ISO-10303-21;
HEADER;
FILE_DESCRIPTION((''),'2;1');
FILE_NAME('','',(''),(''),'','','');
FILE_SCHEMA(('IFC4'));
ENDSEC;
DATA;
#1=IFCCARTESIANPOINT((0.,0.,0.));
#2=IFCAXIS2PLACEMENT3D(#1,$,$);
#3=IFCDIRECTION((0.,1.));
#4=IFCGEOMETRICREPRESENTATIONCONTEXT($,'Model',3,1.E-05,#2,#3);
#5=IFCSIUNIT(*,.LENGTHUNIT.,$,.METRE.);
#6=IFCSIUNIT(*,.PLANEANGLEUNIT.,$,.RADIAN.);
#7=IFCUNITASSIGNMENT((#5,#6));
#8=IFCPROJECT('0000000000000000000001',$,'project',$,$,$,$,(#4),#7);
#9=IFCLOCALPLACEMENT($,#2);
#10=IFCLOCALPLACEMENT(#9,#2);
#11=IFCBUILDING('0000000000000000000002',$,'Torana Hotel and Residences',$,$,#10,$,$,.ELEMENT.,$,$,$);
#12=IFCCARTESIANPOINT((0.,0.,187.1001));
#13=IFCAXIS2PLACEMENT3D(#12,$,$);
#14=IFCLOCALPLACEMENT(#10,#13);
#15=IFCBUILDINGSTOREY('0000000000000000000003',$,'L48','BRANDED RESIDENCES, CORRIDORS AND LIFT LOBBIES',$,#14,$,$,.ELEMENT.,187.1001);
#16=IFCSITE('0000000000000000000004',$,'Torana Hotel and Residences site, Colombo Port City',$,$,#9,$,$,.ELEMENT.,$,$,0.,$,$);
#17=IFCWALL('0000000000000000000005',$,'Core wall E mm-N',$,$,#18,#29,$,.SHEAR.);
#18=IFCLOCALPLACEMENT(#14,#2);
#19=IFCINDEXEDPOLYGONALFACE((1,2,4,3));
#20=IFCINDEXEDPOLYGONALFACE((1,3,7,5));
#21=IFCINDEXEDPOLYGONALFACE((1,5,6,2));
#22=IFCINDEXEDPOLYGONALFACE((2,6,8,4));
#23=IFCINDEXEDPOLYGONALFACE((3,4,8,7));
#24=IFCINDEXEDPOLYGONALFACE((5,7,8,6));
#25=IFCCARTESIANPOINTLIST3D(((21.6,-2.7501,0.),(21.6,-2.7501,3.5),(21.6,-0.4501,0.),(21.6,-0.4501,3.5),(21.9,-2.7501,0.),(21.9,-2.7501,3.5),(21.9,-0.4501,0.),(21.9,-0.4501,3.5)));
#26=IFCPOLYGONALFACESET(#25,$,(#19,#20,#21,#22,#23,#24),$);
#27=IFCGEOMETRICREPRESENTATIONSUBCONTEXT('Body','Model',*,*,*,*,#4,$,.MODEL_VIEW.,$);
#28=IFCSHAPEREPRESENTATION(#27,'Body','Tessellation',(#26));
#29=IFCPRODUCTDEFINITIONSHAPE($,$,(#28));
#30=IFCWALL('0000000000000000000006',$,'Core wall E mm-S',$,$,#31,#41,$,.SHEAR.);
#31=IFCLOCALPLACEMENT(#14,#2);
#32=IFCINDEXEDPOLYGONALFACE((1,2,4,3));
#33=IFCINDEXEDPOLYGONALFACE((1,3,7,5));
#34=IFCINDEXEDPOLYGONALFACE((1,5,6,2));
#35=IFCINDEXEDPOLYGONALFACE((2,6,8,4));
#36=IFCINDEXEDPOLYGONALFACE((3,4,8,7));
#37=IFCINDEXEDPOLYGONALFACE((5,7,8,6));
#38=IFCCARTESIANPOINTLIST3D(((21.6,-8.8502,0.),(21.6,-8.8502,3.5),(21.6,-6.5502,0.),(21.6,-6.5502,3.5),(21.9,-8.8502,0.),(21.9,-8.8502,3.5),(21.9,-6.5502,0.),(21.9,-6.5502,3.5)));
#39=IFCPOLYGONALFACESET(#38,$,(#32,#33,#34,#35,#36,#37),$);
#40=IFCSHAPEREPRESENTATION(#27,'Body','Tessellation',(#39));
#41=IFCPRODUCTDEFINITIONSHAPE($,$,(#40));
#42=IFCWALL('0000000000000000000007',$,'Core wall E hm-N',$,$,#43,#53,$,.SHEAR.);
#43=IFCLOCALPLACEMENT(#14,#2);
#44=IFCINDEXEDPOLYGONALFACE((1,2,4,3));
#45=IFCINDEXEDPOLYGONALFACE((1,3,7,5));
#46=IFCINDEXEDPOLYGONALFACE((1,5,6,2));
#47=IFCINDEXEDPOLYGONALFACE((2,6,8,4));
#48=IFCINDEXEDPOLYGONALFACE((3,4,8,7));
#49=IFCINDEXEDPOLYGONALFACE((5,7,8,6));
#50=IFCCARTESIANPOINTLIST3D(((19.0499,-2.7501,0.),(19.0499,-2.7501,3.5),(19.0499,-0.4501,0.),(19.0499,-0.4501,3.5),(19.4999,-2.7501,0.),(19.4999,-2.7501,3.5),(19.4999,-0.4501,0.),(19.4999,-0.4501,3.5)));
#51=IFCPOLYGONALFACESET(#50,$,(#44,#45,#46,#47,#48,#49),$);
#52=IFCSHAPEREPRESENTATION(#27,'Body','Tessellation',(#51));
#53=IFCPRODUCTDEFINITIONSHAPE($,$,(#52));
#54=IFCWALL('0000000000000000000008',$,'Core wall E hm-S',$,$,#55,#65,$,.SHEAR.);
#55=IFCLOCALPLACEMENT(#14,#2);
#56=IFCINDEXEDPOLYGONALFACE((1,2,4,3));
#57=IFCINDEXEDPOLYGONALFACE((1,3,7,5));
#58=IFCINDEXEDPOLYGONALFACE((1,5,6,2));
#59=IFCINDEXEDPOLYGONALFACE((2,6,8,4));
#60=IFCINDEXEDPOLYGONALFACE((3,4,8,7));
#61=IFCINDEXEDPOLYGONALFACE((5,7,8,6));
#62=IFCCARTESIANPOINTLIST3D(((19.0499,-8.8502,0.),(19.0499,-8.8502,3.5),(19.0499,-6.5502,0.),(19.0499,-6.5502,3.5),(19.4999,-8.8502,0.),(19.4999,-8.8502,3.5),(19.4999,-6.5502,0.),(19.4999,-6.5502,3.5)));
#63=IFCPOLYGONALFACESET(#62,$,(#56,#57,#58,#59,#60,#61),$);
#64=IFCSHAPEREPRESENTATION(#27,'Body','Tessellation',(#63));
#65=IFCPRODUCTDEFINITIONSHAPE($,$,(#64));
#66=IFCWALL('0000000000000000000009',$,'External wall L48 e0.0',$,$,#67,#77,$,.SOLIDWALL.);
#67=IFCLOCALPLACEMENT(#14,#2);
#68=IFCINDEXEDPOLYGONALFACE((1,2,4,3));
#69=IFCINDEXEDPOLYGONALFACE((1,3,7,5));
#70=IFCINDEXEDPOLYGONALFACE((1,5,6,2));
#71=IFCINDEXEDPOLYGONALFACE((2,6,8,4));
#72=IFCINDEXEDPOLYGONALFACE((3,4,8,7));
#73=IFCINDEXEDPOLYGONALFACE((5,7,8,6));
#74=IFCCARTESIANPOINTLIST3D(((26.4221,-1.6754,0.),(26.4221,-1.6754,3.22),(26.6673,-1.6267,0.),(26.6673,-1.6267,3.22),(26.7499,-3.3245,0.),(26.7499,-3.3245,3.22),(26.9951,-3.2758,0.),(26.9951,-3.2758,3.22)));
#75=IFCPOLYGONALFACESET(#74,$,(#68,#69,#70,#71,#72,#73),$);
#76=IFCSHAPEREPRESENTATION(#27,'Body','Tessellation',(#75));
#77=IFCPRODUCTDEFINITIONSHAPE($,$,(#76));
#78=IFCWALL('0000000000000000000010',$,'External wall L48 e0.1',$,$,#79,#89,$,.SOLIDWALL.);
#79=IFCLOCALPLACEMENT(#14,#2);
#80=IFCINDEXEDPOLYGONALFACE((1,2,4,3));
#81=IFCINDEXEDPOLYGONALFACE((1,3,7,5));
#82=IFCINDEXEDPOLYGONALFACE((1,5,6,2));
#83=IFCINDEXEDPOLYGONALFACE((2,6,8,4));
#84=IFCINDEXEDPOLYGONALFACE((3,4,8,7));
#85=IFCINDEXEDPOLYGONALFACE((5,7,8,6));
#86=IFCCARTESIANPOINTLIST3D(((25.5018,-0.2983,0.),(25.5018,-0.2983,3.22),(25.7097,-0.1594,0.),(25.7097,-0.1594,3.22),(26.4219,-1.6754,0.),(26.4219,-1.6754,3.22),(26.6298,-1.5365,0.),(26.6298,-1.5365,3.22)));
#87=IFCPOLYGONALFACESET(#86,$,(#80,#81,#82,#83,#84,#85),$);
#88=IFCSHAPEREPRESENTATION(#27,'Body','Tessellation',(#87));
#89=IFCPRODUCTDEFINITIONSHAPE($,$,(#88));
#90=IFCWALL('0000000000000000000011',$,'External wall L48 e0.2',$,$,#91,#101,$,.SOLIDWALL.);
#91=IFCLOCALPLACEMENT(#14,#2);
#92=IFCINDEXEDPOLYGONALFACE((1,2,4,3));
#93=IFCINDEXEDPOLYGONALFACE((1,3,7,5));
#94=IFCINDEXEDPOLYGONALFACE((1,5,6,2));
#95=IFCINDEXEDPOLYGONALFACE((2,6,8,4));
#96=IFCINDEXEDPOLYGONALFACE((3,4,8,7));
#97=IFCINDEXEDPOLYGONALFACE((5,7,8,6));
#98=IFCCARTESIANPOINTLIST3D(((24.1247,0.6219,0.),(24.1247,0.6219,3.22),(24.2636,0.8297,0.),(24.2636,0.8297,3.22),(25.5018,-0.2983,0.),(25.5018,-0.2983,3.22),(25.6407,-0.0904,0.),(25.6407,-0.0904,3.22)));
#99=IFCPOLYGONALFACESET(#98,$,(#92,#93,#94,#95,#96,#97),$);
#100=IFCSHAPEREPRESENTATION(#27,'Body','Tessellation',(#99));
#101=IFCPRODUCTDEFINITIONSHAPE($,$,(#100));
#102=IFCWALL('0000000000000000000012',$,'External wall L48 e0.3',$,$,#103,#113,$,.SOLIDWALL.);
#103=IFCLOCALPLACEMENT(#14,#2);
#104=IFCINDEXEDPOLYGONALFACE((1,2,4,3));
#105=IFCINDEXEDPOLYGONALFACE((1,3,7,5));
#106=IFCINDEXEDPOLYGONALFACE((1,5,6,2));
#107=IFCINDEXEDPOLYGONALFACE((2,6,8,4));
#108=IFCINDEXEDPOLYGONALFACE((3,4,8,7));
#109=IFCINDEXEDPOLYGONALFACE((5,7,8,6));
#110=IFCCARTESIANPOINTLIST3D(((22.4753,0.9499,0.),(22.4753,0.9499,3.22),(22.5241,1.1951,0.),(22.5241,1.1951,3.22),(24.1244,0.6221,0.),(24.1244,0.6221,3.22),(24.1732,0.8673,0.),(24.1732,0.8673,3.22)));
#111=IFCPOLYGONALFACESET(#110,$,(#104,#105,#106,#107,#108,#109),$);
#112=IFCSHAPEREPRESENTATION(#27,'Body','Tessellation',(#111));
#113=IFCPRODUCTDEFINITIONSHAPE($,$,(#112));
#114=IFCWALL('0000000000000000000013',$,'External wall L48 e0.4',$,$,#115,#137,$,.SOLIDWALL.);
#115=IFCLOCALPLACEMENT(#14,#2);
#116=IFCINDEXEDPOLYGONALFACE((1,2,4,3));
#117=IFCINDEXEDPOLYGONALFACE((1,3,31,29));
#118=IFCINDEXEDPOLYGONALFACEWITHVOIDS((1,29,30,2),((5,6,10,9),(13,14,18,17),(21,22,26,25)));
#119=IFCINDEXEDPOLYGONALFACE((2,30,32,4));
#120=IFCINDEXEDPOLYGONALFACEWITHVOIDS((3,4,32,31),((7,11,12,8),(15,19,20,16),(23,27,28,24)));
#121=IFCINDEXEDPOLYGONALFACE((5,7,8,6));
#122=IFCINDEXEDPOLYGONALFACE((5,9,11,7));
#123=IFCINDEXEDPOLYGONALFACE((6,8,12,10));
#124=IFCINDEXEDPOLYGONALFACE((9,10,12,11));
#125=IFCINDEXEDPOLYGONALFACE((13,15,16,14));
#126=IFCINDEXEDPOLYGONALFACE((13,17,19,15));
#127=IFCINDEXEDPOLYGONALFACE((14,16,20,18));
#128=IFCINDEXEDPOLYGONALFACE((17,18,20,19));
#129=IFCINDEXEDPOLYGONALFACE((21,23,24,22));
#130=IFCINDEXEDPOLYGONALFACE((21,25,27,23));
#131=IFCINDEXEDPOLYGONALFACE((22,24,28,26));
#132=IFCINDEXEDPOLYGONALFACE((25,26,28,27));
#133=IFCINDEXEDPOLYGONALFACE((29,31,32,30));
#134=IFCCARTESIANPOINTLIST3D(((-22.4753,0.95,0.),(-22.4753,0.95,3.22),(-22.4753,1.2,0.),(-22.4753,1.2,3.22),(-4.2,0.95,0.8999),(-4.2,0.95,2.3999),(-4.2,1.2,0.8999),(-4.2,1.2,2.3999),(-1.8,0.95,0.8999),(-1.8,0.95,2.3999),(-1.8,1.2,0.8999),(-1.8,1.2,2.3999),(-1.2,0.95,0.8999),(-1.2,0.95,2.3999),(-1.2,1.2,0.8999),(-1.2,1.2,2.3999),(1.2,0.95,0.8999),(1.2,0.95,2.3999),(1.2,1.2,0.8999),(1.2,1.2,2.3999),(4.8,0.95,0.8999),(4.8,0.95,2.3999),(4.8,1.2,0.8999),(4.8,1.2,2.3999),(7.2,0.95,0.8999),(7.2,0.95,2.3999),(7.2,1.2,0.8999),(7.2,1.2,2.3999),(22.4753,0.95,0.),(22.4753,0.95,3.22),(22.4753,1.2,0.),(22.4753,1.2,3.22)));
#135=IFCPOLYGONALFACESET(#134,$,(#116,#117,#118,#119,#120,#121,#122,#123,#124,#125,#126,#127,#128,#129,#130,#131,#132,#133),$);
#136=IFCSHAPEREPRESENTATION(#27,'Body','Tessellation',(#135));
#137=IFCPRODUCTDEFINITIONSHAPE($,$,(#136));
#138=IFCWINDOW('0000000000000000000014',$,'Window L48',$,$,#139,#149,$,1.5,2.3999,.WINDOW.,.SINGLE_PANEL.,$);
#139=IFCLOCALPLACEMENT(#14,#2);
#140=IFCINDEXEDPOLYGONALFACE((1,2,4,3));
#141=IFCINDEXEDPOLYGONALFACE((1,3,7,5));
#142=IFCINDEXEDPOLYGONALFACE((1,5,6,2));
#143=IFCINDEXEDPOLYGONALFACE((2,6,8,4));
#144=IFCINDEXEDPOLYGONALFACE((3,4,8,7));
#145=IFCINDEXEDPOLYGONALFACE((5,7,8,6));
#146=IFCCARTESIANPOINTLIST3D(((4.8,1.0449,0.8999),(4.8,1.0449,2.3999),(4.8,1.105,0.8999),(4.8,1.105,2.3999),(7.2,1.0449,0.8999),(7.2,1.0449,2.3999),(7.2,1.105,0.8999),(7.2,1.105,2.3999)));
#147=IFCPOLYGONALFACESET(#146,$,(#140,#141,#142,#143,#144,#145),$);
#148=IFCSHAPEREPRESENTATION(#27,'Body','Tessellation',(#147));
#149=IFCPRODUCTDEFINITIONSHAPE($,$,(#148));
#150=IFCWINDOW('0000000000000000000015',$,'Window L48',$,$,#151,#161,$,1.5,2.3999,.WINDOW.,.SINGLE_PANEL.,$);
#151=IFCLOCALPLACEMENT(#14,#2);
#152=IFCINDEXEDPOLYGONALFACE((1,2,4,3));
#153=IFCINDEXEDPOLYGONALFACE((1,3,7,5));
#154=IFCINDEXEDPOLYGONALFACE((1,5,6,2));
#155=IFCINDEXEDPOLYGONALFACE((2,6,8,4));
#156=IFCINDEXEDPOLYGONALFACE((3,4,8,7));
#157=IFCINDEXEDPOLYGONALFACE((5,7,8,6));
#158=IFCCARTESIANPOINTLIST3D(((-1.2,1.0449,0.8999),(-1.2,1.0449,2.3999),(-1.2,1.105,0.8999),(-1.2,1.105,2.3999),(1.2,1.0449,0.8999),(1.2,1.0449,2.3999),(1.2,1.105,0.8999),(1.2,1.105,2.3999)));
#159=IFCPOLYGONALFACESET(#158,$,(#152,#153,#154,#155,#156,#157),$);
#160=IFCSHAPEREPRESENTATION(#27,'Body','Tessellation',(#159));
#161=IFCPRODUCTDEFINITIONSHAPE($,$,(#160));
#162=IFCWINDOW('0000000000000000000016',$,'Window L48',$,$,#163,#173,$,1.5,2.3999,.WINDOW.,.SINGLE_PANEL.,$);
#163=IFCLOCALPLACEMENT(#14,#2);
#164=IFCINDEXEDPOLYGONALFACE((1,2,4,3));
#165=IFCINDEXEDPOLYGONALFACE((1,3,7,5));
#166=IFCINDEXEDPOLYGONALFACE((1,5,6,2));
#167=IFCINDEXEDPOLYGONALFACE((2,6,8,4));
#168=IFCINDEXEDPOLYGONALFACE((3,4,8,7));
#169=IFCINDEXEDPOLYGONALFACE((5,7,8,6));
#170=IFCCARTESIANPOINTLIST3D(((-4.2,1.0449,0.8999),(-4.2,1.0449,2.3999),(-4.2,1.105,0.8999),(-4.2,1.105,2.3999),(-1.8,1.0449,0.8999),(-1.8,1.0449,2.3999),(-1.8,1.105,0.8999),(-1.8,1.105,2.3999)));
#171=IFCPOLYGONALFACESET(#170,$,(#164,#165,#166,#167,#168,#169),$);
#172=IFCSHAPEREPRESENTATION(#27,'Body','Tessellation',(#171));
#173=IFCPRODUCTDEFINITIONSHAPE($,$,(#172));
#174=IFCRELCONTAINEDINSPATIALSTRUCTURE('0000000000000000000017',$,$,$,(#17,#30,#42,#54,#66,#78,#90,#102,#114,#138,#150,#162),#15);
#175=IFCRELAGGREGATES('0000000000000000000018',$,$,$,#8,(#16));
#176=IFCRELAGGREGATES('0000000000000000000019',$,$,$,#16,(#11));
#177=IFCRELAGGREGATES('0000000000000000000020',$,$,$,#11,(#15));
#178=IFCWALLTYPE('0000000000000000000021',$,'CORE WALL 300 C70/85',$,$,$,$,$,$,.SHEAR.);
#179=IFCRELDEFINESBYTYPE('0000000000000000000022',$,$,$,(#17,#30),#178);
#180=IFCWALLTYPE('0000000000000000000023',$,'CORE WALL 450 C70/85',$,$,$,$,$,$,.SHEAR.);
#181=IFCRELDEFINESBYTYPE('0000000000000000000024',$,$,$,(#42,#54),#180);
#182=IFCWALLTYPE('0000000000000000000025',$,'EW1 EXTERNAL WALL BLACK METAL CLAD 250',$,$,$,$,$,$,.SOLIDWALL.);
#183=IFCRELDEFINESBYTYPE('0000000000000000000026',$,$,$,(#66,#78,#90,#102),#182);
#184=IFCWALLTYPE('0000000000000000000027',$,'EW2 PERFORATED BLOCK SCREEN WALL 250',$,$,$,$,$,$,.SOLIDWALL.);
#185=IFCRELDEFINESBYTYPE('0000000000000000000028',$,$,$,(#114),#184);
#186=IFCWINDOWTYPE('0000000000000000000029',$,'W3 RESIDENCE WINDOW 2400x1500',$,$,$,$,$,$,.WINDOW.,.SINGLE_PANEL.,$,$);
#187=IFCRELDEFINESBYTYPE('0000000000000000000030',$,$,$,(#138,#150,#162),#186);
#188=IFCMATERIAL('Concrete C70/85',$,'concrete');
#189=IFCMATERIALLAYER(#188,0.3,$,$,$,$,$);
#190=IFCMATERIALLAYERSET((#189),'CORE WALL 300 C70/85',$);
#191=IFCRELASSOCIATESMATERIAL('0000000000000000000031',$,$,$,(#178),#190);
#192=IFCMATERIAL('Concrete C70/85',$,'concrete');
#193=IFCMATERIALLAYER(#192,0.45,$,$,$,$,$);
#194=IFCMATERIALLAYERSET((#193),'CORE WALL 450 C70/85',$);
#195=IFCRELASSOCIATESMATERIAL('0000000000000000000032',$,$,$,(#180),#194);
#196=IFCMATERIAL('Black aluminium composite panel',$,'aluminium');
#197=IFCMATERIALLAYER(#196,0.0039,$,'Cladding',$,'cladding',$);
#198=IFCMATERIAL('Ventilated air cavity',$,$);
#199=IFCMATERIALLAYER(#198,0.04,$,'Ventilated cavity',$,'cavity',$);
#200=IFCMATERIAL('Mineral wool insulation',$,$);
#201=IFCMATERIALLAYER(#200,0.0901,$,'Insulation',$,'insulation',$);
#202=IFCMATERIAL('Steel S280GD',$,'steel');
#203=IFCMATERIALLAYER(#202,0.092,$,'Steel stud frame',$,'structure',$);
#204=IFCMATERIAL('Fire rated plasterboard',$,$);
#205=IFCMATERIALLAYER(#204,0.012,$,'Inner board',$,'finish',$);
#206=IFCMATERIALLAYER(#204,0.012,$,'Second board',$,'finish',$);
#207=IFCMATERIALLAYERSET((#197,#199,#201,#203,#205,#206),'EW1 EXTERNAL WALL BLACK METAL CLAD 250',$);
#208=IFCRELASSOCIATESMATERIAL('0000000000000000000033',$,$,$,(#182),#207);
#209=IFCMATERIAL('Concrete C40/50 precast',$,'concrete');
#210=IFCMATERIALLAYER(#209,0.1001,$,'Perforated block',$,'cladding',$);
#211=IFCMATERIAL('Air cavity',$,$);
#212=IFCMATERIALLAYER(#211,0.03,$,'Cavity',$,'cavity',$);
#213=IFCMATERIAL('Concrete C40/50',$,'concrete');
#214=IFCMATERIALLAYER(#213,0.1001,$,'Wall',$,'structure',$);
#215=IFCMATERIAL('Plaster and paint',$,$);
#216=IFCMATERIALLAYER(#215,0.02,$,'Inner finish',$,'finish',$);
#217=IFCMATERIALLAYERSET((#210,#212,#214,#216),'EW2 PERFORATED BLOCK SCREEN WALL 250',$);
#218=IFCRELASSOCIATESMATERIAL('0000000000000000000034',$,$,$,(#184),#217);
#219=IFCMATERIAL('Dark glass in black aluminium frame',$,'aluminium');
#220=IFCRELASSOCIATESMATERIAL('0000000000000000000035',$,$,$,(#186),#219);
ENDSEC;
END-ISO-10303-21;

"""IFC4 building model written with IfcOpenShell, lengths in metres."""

from ifc_helpers import new_model, si_unit, direction, frame, frame_2d, origin, place, context, subcontext, project, spatial, rectangle, extrude, material, layer, layer_set, type_object, element, fill, save


model = new_model("IFC4")

# Units and contexts
model_context = context("Model", 3, precision=1e-05, world=origin(), true_north=direction((0.0, 1.0)))
body_context = subcontext(model_context, "Body", "Model", "MODEL_VIEW")
ifc_project = project(units=[si_unit("LENGTHUNIT", "METRE"), si_unit("PLANEANGLEUNIT", "RADIAN")], contexts=[model_context])

# Site, building, storey
site_placement = place(None, origin())
site = spatial("IfcSite", under=ifc_project, at=site_placement, Name="Torana Hotel and Residences site, Colombo Port City", CompositionType="ELEMENT", RefElevation=0.0)
building_placement = place(site_placement, origin())
building = spatial("IfcBuilding", under=site, at=building_placement, Name="Torana Hotel and Residences", CompositionType="ELEMENT")
storey_placement = place(building_placement, frame((0.0, 0.0, 187.1001)))
storey = spatial("IfcBuildingStorey", under=building, at=storey_placement, Name="L48", Description="BRANDED RESIDENCES, CORRIDORS AND LIFT LOBBIES", CompositionType="ELEMENT", Elevation=187.1001)

# Walls
ifc_material_1 = material(Name="Concrete C70/85", Category="concrete")
ifc_layer_1 = layer(ifc_material_1, 0.3)
ifc_layer_set_1 = layer_set([ifc_layer_1], Name="CORE WALL 300 C70/85")
wall_type_1 = type_object("IfcWallType", Name="CORE WALL 300 C70/85", PredefinedType="SHEAR", material=ifc_layer_set_1)
for number, where, z_axis, x_axis, name in (
    (1, (21.75, -2.75, 0.0), (0.0, 0.0, 1.0), (0.0, 1.0, 0.0), "Core wall E mm-N"),
    (2, (21.75, -8.8501, 0.0), (0.0, 0.0, 1.0), (0.0, 1.0, 0.0), "Core wall E mm-S"),
):
    element("IfcWall", number, at=place(storey_placement, frame(where, z_axis=z_axis, x_axis=x_axis)), inside=storey, type_object=wall_type_1, Name=name, PredefinedType="SHEAR", context=body_context, shape_type="SweptSolid", body=[
        extrude(rectangle(XDim=2.3, YDim=0.3, at=frame_2d((1.1499, 0.0))), origin(), (0.0, 0.0, 1.0), 3.5),
    ])
ifc_material_2 = material(Name="Concrete C70/85", Category="concrete")
ifc_layer_2 = layer(ifc_material_2, 0.45)
ifc_layer_set_2 = layer_set([ifc_layer_2], Name="CORE WALL 450 C70/85")
wall_type_2 = type_object("IfcWallType", Name="CORE WALL 450 C70/85", PredefinedType="SHEAR", material=ifc_layer_set_2)
for number, where, z_axis, x_axis, name in (
    (3, (19.2749, -2.75, 0.0), (0.0, 0.0, 1.0), (0.0, 1.0, 0.0), "Core wall E hm-N"),
    (4, (19.2749, -8.8501, 0.0), (0.0, 0.0, 1.0), (0.0, 1.0, 0.0), "Core wall E hm-S"),
):
    element("IfcWall", number, at=place(storey_placement, frame(where, z_axis=z_axis, x_axis=x_axis)), inside=storey, type_object=wall_type_2, Name=name, PredefinedType="SHEAR", context=body_context, shape_type="SweptSolid", body=[
        extrude(rectangle(XDim=2.3, YDim=0.45, at=frame_2d((1.1499, 0.0))), origin(), (0.0, 0.0, 1.0), 3.5),
    ])
ifc_material_3 = material(Name="Black aluminium composite panel", Category="aluminium")
ifc_layer_3 = layer(ifc_material_3, 0.0039, Name="Cladding", Category="cladding")
ifc_material_4 = material(Name="Ventilated air cavity")
ifc_layer_4 = layer(ifc_material_4, 0.04, Name="Ventilated cavity", Category="cavity")
ifc_material_5 = material(Name="Mineral wool insulation")
ifc_layer_5 = layer(ifc_material_5, 0.0901, Name="Insulation", Category="insulation")
ifc_material_6 = material(Name="Steel S280GD", Category="steel")
ifc_layer_6 = layer(ifc_material_6, 0.092, Name="Steel stud frame", Category="structure")
ifc_material_7 = material(Name="Fire rated plasterboard")
ifc_layer_7 = layer(ifc_material_7, 0.012, Name="Inner board", Category="finish")
ifc_layer_8 = layer(ifc_material_7, 0.012, Name="Second board", Category="finish")
ifc_layer_set_3 = layer_set([ifc_layer_3, ifc_layer_4, ifc_layer_5, ifc_layer_6, ifc_layer_7, ifc_layer_8], Name="EW1 EXTERNAL WALL BLACK METAL CLAD 250")
wall_type_3 = type_object("IfcWallType", Name="EW1 EXTERNAL WALL BLACK METAL CLAD 250", PredefinedType="SOLIDWALL", material=ifc_layer_set_3)
wall_1_placement = place(storey_placement, frame((26.8726, -3.3003, 0.0), z_axis=(0.0, 0.0, 1.0), x_axis=(-0.194999, 0.980803, 0.0)))
element("IfcWall", 5, at=wall_1_placement, inside=storey, type_object=wall_type_3, Name="External wall L48 e0.0", PredefinedType="SOLIDWALL", context=body_context, shape_type="SweptSolid", body=[
    extrude(rectangle(XDim=1.6814, YDim=0.25, at=frame_2d((0.8408, 0.0))), origin(), (0.0, 0.0, 1.0), 3.22),
])
for number, where, z_axis, x_axis, name in (
    (6, (26.5259, -1.606, 0.0), (0.0, 0.0, 1.0), (-0.55555, 0.831483, 0.0), "External wall L48 e0.1"),
    (7, (25.5713, -0.1943, 0.0), (0.0, 0.0, 1.0), (-0.831483, 0.55555, 0.0), "External wall L48 e0.2"),
):
    element("IfcWall", number, at=place(storey_placement, frame(where, z_axis=z_axis, x_axis=x_axis)), inside=storey, type_object=wall_type_3, Name=name, PredefinedType="SOLIDWALL", context=body_context, shape_type="SweptSolid", body=[
        extrude(rectangle(XDim=1.6562, YDim=0.25, at=frame_2d((0.8281, 0.0))), origin(), (0.0, 0.0, 1.0), 3.22),
    ])
wall_2_placement = place(storey_placement, frame((24.1489, 0.7446, 0.0), z_axis=(0.0, 0.0, 1.0), x_axis=(-0.980803, 0.194999, 0.0)))
element("IfcWall", 8, at=wall_2_placement, inside=storey, type_object=wall_type_3, Name="External wall L48 e0.3", PredefinedType="SOLIDWALL", context=body_context, shape_type="SweptSolid", body=[
    extrude(rectangle(XDim=1.6814, YDim=0.25, at=frame_2d((0.8408, 0.0))), origin(), (0.0, 0.0, 1.0), 3.22),
])

# Wall, openings, windows
ifc_material_8 = material(Name="Concrete C40/50 precast", Category="concrete")
ifc_layer_9 = layer(ifc_material_8, 0.1001, Name="Perforated block", Category="cladding")
ifc_material_9 = material(Name="Air cavity")
ifc_layer_10 = layer(ifc_material_9, 0.03, Name="Cavity", Category="cavity")
ifc_material_10 = material(Name="Concrete C40/50", Category="concrete")
ifc_layer_11 = layer(ifc_material_10, 0.1001, Name="Wall", Category="structure")
ifc_material_11 = material(Name="Plaster and paint")
ifc_layer_12 = layer(ifc_material_11, 0.02, Name="Inner finish", Category="finish")
ifc_layer_set_4 = layer_set([ifc_layer_9, ifc_layer_10, ifc_layer_11, ifc_layer_12], Name="EW2 PERFORATED BLOCK SCREEN WALL 250")
wall_type_4 = type_object("IfcWallType", Name="EW2 PERFORATED BLOCK SCREEN WALL 250", PredefinedType="SOLIDWALL", material=ifc_layer_set_4)
wall_3_placement = place(storey_placement, frame((22.4753, 1.075, 0.0), z_axis=(0.0, 0.0, 1.0), x_axis=(-1.0, 0.0, 0.0)))
wall_3 = element("IfcWall", 9, at=wall_3_placement, inside=storey, type_object=wall_type_4, Name="External wall L48 e0.4", PredefinedType="SOLIDWALL", context=body_context, shape_type="SweptSolid", body=[
    extrude(rectangle(XDim=44.9507, YDim=0.25, at=frame_2d((22.4753, 0.0))), origin(), (0.0, 0.0, 1.0), 3.22),
])
opening_1_placement = place(wall_3_placement, frame((15.2754, 0.0, 0.8999)))
opening_1 = element("IfcOpeningElement", 10, at=opening_1_placement, cuts=wall_3, PredefinedType="OPENING", context=body_context, shape_type="SweptSolid", body=[
    extrude(rectangle(XDim=2.3999, YDim=1.5, at=frame_2d((1.2, 0.75))), frame((0.0, 0.135, 0.0), z_axis=(0.0, -1.0, 0.0), x_axis=(1.0, 0.0, 0.0)), (0.0, 0.0, 1.0), 0.27),
])
opening_2_placement = place(wall_3_placement, frame((21.2754, 0.0, 0.8999)))
opening_2 = element("IfcOpeningElement", 11, at=opening_2_placement, cuts=wall_3, PredefinedType="OPENING", context=body_context, shape_type="SweptSolid", body=[
    extrude(rectangle(XDim=2.3999, YDim=1.5, at=frame_2d((1.2, 0.75))), frame((0.0, 0.135, 0.0), z_axis=(0.0, -1.0, 0.0), x_axis=(1.0, 0.0, 0.0)), (0.0, 0.0, 1.0), 0.27),
])
opening_3_placement = place(wall_3_placement, frame((24.2754, 0.0, 0.8999)))
opening_3 = element("IfcOpeningElement", 12, at=opening_3_placement, cuts=wall_3, PredefinedType="OPENING", context=body_context, shape_type="SweptSolid", body=[
    extrude(rectangle(XDim=2.3999, YDim=1.5, at=frame_2d((1.2, 0.75))), frame((0.0, 0.135, 0.0), z_axis=(0.0, -1.0, 0.0), x_axis=(1.0, 0.0, 0.0)), (0.0, 0.0, 1.0), 0.27),
])
ifc_material_12 = material(Name="Dark glass in black aluminium frame", Category="aluminium")
window_type = type_object("IfcWindowType", Name="W3 RESIDENCE WINDOW 2400x1500", PartitioningType="SINGLE_PANEL", PredefinedType="WINDOW", material=ifc_material_12)
window_1_placement = place(opening_1_placement, origin())
window_1 = element("IfcWindow", 13, at=window_1_placement, inside=storey, type_object=window_type, Name="Window L48", OverallHeight=1.5, OverallWidth=2.3999, PartitioningType="SINGLE_PANEL", PredefinedType="WINDOW", context=body_context, shape_type="SweptSolid", body=[
    extrude(rectangle(XDim=2.3999, YDim=1.5, at=frame_2d((1.2, 0.75))), frame((0.0, 0.03, 0.0), z_axis=(0.0, -1.0, 0.0), x_axis=(1.0, 0.0, 0.0)), (0.0, 0.0, 1.0), 0.0601),
])
fill(opening_1, window_1)
window_2_placement = place(opening_2_placement, origin())
window_2 = element("IfcWindow", 14, at=window_2_placement, inside=storey, type_object=window_type, Name="Window L48", OverallHeight=1.5, OverallWidth=2.3999, PartitioningType="SINGLE_PANEL", PredefinedType="WINDOW", context=body_context, shape_type="SweptSolid", body=[
    extrude(rectangle(XDim=2.3999, YDim=1.5, at=frame_2d((1.2, 0.75))), frame((0.0, 0.03, 0.0), z_axis=(0.0, -1.0, 0.0), x_axis=(1.0, 0.0, 0.0)), (0.0, 0.0, 1.0), 0.0601),
])
fill(opening_2, window_2)
window_3_placement = place(opening_3_placement, origin())
window_3 = element("IfcWindow", 15, at=window_3_placement, inside=storey, type_object=window_type, Name="Window L48", OverallHeight=1.5, OverallWidth=2.3999, PartitioningType="SINGLE_PANEL", PredefinedType="WINDOW", context=body_context, shape_type="SweptSolid", body=[
    extrude(rectangle(XDim=2.3999, YDim=1.5, at=frame_2d((1.2, 0.75))), frame((0.0, 0.03, 0.0), z_axis=(0.0, -1.0, 0.0), x_axis=(1.0, 0.0, 0.0)), (0.0, 0.0, 1.0), 0.0601),
])
fill(opening_3, window_3)

save(model, "model.ifc")
